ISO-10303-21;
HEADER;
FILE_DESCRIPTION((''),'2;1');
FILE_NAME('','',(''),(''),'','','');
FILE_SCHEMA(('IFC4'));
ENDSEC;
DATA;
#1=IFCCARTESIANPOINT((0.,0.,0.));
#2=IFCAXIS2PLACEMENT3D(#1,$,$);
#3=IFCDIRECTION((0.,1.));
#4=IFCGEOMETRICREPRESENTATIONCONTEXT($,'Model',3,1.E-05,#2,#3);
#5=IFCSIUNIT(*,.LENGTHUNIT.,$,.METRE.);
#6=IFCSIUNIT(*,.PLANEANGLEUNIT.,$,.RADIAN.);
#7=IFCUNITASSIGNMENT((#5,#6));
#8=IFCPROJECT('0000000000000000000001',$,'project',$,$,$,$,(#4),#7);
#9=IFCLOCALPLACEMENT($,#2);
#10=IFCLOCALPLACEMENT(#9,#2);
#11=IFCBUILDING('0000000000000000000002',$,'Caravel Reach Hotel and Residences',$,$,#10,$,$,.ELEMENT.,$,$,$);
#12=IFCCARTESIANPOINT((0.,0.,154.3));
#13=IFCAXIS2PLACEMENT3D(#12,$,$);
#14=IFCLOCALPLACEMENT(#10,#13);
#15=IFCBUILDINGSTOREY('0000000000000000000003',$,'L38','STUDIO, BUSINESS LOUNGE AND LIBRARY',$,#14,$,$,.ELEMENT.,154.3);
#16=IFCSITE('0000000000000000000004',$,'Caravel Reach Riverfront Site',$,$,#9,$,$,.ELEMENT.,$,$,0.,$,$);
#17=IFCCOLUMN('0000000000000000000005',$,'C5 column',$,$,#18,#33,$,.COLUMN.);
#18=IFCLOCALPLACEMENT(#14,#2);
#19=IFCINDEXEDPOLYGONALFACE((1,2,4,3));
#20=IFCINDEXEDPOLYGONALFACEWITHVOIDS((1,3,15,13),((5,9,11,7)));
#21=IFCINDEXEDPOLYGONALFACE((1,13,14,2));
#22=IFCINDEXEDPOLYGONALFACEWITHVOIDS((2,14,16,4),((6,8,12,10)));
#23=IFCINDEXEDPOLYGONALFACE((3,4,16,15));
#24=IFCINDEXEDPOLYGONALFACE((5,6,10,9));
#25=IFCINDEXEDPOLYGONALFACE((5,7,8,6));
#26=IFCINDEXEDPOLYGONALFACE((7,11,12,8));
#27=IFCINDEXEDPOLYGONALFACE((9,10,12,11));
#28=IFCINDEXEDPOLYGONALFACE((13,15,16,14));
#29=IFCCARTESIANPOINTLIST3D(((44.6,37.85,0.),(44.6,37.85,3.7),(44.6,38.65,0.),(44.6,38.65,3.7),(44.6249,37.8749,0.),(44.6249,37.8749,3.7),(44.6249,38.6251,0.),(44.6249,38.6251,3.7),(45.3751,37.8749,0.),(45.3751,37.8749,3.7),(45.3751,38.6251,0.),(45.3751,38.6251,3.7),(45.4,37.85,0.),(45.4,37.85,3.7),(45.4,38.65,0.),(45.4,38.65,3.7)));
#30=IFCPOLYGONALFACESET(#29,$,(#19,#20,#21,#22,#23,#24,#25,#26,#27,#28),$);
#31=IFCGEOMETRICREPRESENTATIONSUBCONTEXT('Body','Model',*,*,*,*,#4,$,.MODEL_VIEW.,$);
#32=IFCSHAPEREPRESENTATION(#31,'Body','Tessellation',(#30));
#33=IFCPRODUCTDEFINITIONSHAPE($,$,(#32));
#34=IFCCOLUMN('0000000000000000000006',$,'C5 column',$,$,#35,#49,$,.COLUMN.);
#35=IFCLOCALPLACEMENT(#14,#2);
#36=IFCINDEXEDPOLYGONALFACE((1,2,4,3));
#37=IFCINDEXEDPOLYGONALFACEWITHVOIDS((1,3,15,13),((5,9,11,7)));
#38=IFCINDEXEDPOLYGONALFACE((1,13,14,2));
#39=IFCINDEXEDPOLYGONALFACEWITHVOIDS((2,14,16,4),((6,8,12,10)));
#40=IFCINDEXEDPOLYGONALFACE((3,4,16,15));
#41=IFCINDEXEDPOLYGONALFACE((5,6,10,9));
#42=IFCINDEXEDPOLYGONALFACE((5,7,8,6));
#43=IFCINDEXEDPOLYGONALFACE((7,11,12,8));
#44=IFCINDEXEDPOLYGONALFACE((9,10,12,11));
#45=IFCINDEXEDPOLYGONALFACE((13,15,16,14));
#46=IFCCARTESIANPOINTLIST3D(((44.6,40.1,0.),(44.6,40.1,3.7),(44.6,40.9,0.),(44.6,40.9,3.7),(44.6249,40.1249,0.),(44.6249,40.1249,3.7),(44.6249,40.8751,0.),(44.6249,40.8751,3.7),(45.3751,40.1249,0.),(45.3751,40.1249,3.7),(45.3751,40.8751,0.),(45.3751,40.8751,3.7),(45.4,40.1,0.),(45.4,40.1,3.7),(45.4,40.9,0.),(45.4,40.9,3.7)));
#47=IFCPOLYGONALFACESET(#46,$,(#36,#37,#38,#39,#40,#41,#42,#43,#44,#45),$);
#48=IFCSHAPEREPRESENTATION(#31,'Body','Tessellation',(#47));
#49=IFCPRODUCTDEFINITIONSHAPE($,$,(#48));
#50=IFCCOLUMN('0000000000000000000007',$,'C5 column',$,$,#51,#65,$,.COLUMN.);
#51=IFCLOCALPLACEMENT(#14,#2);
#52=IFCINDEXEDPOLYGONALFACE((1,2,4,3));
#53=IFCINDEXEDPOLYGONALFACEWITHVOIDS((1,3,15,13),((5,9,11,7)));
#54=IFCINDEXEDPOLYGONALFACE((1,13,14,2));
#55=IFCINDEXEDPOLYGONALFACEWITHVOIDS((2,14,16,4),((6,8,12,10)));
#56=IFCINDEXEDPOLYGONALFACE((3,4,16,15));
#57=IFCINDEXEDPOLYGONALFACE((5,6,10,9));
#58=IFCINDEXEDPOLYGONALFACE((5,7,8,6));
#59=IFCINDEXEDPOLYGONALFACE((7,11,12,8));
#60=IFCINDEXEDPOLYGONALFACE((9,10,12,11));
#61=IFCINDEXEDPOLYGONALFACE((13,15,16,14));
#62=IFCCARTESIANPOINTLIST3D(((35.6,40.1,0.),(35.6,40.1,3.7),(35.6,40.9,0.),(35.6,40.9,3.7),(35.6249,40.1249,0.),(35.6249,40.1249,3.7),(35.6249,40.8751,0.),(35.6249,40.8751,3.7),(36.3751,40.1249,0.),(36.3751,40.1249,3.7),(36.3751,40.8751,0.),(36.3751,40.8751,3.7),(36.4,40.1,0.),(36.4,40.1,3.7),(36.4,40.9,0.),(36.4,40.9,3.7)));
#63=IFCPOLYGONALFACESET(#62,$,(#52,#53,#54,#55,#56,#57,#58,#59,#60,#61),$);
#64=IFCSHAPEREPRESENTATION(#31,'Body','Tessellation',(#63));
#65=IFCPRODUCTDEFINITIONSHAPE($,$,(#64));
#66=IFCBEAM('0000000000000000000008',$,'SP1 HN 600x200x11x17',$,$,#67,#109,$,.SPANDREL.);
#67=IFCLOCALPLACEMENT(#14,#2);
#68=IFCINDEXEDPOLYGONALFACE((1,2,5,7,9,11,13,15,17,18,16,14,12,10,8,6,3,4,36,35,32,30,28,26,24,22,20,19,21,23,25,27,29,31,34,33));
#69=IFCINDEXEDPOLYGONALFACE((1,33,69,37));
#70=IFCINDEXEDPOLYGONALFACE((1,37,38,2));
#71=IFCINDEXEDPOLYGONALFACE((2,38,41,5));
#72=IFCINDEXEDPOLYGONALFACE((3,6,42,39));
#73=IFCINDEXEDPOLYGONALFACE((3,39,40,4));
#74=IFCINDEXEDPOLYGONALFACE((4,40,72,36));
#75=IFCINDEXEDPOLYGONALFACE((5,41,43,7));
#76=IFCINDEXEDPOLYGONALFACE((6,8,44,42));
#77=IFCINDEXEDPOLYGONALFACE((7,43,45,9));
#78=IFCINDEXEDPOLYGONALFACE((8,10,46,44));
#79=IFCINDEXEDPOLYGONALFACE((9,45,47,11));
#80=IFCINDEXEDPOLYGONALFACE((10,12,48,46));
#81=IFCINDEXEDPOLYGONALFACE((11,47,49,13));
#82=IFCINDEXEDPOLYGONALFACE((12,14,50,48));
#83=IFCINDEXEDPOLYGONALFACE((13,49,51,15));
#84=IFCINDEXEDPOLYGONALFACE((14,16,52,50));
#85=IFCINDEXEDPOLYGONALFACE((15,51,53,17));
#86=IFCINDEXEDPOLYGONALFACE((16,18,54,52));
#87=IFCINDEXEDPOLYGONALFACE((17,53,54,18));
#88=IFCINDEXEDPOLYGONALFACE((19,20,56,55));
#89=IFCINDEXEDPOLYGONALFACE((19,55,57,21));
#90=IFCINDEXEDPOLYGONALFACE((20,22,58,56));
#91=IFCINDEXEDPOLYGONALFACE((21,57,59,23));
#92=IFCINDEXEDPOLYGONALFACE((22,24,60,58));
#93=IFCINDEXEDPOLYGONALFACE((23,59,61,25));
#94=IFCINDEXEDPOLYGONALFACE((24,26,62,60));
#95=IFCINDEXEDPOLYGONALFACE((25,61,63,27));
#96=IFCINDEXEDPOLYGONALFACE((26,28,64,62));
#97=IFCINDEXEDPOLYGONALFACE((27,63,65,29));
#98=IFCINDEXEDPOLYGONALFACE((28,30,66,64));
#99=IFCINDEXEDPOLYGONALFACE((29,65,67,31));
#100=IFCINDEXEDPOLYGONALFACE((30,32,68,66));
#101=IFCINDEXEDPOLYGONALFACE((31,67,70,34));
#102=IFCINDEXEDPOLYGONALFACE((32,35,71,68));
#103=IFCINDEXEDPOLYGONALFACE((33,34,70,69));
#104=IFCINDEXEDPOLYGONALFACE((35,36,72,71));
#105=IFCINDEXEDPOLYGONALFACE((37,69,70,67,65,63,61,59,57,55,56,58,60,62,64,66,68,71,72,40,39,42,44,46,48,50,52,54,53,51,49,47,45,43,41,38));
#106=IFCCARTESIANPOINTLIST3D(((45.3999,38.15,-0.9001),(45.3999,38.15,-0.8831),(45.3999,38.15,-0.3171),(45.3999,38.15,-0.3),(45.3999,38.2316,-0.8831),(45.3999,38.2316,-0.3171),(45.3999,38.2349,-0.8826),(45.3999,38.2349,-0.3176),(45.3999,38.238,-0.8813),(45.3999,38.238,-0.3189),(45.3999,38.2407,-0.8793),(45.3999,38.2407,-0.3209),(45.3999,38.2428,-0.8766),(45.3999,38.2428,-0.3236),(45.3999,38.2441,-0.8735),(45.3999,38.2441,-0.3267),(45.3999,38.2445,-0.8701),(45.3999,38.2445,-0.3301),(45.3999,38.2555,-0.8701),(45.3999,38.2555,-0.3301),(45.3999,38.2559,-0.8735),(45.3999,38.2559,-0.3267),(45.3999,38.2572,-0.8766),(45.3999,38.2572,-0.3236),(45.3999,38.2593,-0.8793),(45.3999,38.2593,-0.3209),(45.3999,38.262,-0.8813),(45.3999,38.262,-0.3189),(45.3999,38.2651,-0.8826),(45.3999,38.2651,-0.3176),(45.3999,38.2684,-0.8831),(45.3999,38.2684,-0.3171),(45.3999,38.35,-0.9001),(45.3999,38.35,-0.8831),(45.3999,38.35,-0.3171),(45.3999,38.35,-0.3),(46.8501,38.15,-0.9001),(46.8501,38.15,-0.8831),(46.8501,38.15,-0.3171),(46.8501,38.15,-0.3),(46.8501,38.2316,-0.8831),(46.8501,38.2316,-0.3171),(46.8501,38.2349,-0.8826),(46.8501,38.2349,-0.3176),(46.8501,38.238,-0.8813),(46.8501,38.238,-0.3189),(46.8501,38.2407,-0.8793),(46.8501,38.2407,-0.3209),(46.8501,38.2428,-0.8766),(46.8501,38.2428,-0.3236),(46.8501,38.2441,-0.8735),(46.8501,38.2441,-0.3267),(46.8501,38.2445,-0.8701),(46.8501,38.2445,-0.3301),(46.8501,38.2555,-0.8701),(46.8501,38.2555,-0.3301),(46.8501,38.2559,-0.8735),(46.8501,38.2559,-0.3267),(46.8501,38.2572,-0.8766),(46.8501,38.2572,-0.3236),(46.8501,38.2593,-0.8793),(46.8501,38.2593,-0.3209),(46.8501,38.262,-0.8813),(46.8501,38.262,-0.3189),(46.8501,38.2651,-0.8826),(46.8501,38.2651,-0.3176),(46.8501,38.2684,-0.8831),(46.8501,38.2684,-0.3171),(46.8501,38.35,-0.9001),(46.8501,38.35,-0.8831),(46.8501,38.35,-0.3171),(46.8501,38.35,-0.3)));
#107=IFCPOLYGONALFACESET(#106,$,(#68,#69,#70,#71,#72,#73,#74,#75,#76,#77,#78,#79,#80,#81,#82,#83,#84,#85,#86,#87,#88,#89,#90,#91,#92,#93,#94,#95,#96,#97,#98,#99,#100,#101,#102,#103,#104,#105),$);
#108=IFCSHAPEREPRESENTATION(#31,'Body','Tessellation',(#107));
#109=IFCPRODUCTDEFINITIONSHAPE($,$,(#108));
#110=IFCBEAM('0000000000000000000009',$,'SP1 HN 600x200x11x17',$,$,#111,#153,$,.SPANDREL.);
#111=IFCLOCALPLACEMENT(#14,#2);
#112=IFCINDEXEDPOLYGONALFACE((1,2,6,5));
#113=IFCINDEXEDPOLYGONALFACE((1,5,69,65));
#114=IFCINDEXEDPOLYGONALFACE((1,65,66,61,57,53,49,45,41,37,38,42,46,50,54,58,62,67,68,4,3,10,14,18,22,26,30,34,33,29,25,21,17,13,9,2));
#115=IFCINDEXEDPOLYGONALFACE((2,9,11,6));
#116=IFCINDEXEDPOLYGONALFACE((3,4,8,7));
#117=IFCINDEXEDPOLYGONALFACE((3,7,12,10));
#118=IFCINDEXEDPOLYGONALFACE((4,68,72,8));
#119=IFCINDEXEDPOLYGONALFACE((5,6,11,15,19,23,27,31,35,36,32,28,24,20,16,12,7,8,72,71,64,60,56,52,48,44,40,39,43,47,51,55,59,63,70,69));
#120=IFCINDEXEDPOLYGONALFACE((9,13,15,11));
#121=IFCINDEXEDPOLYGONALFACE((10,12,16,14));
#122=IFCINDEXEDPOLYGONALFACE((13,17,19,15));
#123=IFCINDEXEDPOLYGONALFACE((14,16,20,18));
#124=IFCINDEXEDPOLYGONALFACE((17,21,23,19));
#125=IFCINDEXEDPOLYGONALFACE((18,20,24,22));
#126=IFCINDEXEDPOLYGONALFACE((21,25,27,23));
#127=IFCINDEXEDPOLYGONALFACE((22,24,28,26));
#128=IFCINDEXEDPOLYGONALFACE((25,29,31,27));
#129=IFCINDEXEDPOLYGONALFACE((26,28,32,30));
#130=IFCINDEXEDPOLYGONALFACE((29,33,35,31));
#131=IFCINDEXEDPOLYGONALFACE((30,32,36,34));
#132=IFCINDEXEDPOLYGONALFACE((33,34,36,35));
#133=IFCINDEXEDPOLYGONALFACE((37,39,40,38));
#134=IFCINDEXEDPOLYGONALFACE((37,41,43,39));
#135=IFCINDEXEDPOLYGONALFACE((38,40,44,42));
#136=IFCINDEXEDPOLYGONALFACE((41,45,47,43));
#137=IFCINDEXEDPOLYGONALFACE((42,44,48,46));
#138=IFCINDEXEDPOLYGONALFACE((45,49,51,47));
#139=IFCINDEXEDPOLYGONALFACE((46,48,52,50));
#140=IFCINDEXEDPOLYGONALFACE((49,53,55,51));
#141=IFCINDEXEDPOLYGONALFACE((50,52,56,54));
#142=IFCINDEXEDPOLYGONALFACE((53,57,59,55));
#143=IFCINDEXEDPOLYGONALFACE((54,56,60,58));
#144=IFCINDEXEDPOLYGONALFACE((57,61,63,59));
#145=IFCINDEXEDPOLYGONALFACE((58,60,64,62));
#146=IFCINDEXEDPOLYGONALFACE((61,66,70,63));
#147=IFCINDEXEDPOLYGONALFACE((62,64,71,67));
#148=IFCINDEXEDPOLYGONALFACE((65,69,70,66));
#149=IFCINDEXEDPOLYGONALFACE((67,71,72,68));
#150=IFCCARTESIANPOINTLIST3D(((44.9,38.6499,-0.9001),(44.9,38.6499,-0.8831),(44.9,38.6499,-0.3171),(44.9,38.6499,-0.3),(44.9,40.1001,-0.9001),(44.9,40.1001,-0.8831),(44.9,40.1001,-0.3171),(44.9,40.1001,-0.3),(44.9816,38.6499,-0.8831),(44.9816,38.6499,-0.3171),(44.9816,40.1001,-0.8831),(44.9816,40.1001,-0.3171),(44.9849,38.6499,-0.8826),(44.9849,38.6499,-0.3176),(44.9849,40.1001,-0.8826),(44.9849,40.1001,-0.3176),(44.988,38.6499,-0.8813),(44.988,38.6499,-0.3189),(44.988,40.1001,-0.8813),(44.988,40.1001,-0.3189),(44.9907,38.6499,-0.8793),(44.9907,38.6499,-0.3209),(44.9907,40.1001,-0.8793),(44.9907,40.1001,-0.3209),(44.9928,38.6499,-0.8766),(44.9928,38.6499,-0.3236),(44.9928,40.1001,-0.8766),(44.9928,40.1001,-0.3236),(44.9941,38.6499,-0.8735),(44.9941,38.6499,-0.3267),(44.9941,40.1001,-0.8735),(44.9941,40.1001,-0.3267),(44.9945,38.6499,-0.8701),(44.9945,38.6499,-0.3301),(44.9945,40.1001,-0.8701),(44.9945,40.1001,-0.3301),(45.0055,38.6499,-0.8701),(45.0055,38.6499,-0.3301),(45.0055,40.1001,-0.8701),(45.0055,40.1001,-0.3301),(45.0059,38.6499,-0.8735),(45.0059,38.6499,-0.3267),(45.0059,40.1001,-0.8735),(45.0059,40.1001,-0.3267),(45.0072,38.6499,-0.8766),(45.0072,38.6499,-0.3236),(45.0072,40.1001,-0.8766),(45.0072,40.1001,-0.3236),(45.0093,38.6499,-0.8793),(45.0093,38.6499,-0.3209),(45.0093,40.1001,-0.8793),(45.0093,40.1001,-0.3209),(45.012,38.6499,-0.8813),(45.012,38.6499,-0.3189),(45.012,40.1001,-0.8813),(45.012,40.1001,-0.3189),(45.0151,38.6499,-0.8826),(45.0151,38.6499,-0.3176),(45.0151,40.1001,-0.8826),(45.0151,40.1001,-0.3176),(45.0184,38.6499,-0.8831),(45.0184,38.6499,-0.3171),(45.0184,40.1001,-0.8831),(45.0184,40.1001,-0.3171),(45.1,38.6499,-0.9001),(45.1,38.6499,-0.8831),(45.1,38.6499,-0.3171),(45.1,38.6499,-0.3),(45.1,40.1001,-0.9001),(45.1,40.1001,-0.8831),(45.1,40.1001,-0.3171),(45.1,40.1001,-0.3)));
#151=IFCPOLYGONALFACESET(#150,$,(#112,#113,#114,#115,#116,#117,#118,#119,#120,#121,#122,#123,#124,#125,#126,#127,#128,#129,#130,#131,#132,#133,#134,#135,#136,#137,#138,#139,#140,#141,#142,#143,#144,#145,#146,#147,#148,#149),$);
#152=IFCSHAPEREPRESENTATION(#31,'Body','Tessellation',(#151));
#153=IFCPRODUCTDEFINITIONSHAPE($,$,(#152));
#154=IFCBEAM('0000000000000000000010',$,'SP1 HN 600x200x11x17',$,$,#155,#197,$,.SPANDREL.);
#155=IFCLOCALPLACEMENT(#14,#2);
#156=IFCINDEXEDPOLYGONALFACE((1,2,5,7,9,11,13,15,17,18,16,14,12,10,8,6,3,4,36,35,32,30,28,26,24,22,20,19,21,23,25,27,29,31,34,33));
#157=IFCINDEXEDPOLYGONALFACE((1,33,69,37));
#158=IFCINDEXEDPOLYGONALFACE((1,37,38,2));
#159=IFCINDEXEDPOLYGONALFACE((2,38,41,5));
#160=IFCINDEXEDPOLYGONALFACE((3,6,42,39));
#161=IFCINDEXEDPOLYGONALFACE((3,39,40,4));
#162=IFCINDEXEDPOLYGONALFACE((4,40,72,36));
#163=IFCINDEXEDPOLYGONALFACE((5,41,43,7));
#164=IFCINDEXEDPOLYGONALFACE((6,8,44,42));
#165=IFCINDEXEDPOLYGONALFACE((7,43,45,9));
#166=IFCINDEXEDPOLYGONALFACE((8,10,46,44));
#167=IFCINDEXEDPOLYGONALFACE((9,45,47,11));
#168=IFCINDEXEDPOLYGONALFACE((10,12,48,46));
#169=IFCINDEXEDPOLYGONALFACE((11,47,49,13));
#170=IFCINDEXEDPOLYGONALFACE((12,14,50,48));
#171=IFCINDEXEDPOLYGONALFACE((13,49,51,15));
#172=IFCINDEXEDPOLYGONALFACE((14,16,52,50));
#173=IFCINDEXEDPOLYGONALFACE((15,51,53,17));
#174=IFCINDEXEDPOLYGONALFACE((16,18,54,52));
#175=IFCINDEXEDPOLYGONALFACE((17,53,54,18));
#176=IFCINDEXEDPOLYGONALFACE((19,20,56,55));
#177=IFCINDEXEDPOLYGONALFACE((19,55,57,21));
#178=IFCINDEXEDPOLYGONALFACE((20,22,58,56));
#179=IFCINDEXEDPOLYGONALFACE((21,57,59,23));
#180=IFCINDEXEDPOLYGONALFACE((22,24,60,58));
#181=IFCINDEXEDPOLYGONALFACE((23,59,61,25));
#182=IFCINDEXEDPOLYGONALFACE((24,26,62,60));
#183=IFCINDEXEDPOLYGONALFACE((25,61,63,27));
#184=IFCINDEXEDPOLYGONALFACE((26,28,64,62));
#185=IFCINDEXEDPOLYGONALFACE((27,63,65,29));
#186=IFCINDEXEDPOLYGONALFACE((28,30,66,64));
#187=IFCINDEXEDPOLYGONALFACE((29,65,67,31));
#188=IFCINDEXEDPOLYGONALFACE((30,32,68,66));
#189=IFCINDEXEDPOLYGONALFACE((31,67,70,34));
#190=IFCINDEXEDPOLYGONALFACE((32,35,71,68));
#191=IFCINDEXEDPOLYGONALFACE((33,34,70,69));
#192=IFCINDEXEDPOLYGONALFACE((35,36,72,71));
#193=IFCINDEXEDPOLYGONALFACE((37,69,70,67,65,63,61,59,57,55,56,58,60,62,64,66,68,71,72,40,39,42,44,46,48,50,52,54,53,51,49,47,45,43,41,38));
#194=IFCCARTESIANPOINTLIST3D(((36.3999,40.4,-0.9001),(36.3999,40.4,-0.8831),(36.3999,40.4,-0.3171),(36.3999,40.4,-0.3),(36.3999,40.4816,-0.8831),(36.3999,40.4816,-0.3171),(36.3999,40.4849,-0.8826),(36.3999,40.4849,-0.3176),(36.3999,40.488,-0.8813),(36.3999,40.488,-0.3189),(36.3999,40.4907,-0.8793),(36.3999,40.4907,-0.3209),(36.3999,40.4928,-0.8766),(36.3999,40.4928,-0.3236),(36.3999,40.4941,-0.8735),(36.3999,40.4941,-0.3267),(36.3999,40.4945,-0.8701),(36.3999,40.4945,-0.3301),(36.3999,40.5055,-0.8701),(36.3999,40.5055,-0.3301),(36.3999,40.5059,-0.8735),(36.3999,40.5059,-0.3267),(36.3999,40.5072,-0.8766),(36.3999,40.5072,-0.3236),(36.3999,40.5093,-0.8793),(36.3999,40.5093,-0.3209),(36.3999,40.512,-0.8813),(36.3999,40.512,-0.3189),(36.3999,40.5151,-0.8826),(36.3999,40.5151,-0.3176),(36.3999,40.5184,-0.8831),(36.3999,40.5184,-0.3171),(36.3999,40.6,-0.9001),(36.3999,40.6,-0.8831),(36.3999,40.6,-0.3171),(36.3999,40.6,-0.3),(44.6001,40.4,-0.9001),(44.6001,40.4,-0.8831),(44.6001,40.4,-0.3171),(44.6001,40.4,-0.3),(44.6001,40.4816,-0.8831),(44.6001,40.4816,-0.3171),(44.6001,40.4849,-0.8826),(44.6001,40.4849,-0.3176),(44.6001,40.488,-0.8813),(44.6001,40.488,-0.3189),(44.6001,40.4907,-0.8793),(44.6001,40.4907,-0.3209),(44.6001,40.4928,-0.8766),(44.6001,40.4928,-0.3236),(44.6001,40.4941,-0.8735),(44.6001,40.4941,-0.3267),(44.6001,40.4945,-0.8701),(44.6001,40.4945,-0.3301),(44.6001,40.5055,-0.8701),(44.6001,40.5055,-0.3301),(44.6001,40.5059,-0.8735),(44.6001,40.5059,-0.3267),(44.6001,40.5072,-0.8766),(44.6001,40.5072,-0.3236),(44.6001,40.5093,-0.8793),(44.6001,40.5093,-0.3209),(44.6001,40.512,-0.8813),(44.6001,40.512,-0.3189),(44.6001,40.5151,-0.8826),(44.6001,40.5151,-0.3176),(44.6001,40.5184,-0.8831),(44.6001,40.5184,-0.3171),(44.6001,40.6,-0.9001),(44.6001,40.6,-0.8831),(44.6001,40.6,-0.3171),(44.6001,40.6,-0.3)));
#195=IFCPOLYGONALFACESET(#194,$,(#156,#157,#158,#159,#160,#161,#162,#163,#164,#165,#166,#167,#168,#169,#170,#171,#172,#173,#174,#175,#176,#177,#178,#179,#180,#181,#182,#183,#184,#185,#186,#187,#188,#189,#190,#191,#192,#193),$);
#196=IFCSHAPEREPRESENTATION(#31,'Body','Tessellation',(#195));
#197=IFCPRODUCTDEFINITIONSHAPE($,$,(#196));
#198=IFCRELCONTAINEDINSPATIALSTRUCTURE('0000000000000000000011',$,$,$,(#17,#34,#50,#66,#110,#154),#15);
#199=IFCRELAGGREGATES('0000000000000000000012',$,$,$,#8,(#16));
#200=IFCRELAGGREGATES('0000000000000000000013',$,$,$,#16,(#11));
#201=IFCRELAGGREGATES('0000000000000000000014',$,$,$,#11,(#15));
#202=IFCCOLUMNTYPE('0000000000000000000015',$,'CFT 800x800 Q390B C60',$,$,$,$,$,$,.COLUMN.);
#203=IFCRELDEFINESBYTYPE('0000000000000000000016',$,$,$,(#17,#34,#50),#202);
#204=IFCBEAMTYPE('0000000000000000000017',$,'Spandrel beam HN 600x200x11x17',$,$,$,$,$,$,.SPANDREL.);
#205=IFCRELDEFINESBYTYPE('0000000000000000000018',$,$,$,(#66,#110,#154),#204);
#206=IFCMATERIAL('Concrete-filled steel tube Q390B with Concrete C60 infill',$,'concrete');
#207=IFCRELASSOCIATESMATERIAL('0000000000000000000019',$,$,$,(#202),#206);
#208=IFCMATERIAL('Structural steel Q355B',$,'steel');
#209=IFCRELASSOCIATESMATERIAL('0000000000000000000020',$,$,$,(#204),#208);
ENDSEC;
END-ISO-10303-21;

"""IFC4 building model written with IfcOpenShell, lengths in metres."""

from ifc_helpers import new_model, si_unit, direction, frame, origin, origin_2d, place, context, subcontext, project, spatial, hollow_rectangle, i_section, extrude, material, material_profile, profile_set, type_object, element, save


model = new_model("IFC4")

# Units and contexts
model_context = context("Model", 3, precision=1e-05, world=origin(), true_north=direction((0.0, 1.0)))
body_context = subcontext(model_context, "Body", "Model", "MODEL_VIEW")
ifc_project = project(units=[si_unit("LENGTHUNIT", "METRE"), si_unit("PLANEANGLEUNIT", "RADIAN")], contexts=[model_context])

# Site, building, storey
site_placement = place(None, origin())
site = spatial("IfcSite", under=ifc_project, at=site_placement, Name="Caravel Reach Riverfront Site", CompositionType="ELEMENT", RefElevation=0.0)
building_placement = place(site_placement, origin())
building = spatial("IfcBuilding", under=site, at=building_placement, Name="Caravel Reach Hotel and Residences", CompositionType="ELEMENT")
storey_placement = place(building_placement, frame((0.0, 0.0, 154.3)))
storey = spatial("IfcBuildingStorey", under=building, at=storey_placement, Name="L38", Description="STUDIO, BUSINESS LOUNGE AND LIBRARY", CompositionType="ELEMENT", Elevation=154.3)

# Columns
ifc_material_1 = material(Name="Concrete-filled steel tube Q390B with Concrete C60 infill", Category="concrete")
ifc_material_profile_1 = material_profile(ifc_material_1, hollow_rectangle(XDim=0.8, YDim=0.8, WallThickness=0.0249, at=origin_2d()), Name="RHS 800x800x25")
ifc_profile_set_1 = profile_set([ifc_material_profile_1], Name="Concrete-filled steel tube Q390B with Concrete C60 infill")
column_type = type_object("IfcColumnType", Name="CFT 800x800 Q390B C60", PredefinedType="COLUMN", material=ifc_profile_set_1)
for number, where, z_axis, x_axis, name in (
    (1, (45.0, 38.25, 0.0), (0.0, 0.0, 1.0), (1.0, 0.0, 0.0), "C5 column"),
    (2, (45.0, 40.5, 0.0), (0.0, 0.0, 1.0), (1.0, 0.0, 0.0), "C5 column"),
    (3, (36.0, 40.5, 0.0), (0.0, 0.0, 1.0), (1.0, 0.0, 0.0), "C5 column"),
):
    element("IfcColumn", number, at=place(storey_placement, frame(where, z_axis=z_axis, x_axis=x_axis)), inside=storey, type_object=column_type, Name=name, PredefinedType="COLUMN", context=body_context, shape_type="SweptSolid", body=[
        extrude(hollow_rectangle(XDim=0.8, YDim=0.8, WallThickness=0.0249, at=origin_2d()), origin(), (0.0, 0.0, 1.0), 3.7),
    ])

# Beams
ifc_material_2 = material(Name="Structural steel Q355B", Category="steel")
ifc_material_profile_2 = material_profile(ifc_material_2, i_section(OverallWidth=0.2, OverallDepth=0.6001, WebThickness=0.011, FlangeThickness=0.0171, FilletRadius=0.0129, at=origin_2d()), Name="HN 600x200x11x17")
ifc_profile_set_2 = profile_set([ifc_material_profile_2], Name="Structural steel Q355B")
beam_type = type_object("IfcBeamType", Name="Spandrel beam HN 600x200x11x17", PredefinedType="SPANDREL", material=ifc_profile_set_2)
for number, where, z_axis, x_axis, name in (
    (4, (46.8501, 38.25, -0.6001), (-1.0, 0.0, 0.0), (0.0, -1.0, 0.0), "SP1 HN 600x200x11x17"),
    (5, (45.0, 38.6499, -0.6001), (0.0, 1.0, 0.0), (-1.0, 0.0, 0.0), "SP1 HN 600x200x11x17"),
):
    element("IfcBeam", number, at=place(storey_placement, frame(where, z_axis=z_axis, x_axis=x_axis)), inside=storey, type_object=beam_type, Name=name, PredefinedType="SPANDREL", context=body_context, shape_type="SweptSolid", body=[
        extrude(i_section(OverallWidth=0.2, OverallDepth=0.6001, WebThickness=0.011, FlangeThickness=0.0171, FilletRadius=0.0129, at=origin_2d()), origin(), (0.0, 0.0, 1.0), 1.4502),
    ])
for number, where, z_axis, x_axis, name in (
    (6, (44.6001, 40.5, -0.6001), (-1.0, 0.0, 0.0), (0.0, -1.0, 0.0), "SP1 HN 600x200x11x17"),
):
    element("IfcBeam", number, at=place(storey_placement, frame(where, z_axis=z_axis, x_axis=x_axis)), inside=storey, type_object=beam_type, Name=name, PredefinedType="SPANDREL", context=body_context, shape_type="SweptSolid", body=[
        extrude(i_section(OverallWidth=0.2, OverallDepth=0.6001, WebThickness=0.011, FlangeThickness=0.0171, FilletRadius=0.0129, at=origin_2d()), origin(), (0.0, 0.0, 1.0), 8.2002),
    ])

save(model, "model.ifc")
